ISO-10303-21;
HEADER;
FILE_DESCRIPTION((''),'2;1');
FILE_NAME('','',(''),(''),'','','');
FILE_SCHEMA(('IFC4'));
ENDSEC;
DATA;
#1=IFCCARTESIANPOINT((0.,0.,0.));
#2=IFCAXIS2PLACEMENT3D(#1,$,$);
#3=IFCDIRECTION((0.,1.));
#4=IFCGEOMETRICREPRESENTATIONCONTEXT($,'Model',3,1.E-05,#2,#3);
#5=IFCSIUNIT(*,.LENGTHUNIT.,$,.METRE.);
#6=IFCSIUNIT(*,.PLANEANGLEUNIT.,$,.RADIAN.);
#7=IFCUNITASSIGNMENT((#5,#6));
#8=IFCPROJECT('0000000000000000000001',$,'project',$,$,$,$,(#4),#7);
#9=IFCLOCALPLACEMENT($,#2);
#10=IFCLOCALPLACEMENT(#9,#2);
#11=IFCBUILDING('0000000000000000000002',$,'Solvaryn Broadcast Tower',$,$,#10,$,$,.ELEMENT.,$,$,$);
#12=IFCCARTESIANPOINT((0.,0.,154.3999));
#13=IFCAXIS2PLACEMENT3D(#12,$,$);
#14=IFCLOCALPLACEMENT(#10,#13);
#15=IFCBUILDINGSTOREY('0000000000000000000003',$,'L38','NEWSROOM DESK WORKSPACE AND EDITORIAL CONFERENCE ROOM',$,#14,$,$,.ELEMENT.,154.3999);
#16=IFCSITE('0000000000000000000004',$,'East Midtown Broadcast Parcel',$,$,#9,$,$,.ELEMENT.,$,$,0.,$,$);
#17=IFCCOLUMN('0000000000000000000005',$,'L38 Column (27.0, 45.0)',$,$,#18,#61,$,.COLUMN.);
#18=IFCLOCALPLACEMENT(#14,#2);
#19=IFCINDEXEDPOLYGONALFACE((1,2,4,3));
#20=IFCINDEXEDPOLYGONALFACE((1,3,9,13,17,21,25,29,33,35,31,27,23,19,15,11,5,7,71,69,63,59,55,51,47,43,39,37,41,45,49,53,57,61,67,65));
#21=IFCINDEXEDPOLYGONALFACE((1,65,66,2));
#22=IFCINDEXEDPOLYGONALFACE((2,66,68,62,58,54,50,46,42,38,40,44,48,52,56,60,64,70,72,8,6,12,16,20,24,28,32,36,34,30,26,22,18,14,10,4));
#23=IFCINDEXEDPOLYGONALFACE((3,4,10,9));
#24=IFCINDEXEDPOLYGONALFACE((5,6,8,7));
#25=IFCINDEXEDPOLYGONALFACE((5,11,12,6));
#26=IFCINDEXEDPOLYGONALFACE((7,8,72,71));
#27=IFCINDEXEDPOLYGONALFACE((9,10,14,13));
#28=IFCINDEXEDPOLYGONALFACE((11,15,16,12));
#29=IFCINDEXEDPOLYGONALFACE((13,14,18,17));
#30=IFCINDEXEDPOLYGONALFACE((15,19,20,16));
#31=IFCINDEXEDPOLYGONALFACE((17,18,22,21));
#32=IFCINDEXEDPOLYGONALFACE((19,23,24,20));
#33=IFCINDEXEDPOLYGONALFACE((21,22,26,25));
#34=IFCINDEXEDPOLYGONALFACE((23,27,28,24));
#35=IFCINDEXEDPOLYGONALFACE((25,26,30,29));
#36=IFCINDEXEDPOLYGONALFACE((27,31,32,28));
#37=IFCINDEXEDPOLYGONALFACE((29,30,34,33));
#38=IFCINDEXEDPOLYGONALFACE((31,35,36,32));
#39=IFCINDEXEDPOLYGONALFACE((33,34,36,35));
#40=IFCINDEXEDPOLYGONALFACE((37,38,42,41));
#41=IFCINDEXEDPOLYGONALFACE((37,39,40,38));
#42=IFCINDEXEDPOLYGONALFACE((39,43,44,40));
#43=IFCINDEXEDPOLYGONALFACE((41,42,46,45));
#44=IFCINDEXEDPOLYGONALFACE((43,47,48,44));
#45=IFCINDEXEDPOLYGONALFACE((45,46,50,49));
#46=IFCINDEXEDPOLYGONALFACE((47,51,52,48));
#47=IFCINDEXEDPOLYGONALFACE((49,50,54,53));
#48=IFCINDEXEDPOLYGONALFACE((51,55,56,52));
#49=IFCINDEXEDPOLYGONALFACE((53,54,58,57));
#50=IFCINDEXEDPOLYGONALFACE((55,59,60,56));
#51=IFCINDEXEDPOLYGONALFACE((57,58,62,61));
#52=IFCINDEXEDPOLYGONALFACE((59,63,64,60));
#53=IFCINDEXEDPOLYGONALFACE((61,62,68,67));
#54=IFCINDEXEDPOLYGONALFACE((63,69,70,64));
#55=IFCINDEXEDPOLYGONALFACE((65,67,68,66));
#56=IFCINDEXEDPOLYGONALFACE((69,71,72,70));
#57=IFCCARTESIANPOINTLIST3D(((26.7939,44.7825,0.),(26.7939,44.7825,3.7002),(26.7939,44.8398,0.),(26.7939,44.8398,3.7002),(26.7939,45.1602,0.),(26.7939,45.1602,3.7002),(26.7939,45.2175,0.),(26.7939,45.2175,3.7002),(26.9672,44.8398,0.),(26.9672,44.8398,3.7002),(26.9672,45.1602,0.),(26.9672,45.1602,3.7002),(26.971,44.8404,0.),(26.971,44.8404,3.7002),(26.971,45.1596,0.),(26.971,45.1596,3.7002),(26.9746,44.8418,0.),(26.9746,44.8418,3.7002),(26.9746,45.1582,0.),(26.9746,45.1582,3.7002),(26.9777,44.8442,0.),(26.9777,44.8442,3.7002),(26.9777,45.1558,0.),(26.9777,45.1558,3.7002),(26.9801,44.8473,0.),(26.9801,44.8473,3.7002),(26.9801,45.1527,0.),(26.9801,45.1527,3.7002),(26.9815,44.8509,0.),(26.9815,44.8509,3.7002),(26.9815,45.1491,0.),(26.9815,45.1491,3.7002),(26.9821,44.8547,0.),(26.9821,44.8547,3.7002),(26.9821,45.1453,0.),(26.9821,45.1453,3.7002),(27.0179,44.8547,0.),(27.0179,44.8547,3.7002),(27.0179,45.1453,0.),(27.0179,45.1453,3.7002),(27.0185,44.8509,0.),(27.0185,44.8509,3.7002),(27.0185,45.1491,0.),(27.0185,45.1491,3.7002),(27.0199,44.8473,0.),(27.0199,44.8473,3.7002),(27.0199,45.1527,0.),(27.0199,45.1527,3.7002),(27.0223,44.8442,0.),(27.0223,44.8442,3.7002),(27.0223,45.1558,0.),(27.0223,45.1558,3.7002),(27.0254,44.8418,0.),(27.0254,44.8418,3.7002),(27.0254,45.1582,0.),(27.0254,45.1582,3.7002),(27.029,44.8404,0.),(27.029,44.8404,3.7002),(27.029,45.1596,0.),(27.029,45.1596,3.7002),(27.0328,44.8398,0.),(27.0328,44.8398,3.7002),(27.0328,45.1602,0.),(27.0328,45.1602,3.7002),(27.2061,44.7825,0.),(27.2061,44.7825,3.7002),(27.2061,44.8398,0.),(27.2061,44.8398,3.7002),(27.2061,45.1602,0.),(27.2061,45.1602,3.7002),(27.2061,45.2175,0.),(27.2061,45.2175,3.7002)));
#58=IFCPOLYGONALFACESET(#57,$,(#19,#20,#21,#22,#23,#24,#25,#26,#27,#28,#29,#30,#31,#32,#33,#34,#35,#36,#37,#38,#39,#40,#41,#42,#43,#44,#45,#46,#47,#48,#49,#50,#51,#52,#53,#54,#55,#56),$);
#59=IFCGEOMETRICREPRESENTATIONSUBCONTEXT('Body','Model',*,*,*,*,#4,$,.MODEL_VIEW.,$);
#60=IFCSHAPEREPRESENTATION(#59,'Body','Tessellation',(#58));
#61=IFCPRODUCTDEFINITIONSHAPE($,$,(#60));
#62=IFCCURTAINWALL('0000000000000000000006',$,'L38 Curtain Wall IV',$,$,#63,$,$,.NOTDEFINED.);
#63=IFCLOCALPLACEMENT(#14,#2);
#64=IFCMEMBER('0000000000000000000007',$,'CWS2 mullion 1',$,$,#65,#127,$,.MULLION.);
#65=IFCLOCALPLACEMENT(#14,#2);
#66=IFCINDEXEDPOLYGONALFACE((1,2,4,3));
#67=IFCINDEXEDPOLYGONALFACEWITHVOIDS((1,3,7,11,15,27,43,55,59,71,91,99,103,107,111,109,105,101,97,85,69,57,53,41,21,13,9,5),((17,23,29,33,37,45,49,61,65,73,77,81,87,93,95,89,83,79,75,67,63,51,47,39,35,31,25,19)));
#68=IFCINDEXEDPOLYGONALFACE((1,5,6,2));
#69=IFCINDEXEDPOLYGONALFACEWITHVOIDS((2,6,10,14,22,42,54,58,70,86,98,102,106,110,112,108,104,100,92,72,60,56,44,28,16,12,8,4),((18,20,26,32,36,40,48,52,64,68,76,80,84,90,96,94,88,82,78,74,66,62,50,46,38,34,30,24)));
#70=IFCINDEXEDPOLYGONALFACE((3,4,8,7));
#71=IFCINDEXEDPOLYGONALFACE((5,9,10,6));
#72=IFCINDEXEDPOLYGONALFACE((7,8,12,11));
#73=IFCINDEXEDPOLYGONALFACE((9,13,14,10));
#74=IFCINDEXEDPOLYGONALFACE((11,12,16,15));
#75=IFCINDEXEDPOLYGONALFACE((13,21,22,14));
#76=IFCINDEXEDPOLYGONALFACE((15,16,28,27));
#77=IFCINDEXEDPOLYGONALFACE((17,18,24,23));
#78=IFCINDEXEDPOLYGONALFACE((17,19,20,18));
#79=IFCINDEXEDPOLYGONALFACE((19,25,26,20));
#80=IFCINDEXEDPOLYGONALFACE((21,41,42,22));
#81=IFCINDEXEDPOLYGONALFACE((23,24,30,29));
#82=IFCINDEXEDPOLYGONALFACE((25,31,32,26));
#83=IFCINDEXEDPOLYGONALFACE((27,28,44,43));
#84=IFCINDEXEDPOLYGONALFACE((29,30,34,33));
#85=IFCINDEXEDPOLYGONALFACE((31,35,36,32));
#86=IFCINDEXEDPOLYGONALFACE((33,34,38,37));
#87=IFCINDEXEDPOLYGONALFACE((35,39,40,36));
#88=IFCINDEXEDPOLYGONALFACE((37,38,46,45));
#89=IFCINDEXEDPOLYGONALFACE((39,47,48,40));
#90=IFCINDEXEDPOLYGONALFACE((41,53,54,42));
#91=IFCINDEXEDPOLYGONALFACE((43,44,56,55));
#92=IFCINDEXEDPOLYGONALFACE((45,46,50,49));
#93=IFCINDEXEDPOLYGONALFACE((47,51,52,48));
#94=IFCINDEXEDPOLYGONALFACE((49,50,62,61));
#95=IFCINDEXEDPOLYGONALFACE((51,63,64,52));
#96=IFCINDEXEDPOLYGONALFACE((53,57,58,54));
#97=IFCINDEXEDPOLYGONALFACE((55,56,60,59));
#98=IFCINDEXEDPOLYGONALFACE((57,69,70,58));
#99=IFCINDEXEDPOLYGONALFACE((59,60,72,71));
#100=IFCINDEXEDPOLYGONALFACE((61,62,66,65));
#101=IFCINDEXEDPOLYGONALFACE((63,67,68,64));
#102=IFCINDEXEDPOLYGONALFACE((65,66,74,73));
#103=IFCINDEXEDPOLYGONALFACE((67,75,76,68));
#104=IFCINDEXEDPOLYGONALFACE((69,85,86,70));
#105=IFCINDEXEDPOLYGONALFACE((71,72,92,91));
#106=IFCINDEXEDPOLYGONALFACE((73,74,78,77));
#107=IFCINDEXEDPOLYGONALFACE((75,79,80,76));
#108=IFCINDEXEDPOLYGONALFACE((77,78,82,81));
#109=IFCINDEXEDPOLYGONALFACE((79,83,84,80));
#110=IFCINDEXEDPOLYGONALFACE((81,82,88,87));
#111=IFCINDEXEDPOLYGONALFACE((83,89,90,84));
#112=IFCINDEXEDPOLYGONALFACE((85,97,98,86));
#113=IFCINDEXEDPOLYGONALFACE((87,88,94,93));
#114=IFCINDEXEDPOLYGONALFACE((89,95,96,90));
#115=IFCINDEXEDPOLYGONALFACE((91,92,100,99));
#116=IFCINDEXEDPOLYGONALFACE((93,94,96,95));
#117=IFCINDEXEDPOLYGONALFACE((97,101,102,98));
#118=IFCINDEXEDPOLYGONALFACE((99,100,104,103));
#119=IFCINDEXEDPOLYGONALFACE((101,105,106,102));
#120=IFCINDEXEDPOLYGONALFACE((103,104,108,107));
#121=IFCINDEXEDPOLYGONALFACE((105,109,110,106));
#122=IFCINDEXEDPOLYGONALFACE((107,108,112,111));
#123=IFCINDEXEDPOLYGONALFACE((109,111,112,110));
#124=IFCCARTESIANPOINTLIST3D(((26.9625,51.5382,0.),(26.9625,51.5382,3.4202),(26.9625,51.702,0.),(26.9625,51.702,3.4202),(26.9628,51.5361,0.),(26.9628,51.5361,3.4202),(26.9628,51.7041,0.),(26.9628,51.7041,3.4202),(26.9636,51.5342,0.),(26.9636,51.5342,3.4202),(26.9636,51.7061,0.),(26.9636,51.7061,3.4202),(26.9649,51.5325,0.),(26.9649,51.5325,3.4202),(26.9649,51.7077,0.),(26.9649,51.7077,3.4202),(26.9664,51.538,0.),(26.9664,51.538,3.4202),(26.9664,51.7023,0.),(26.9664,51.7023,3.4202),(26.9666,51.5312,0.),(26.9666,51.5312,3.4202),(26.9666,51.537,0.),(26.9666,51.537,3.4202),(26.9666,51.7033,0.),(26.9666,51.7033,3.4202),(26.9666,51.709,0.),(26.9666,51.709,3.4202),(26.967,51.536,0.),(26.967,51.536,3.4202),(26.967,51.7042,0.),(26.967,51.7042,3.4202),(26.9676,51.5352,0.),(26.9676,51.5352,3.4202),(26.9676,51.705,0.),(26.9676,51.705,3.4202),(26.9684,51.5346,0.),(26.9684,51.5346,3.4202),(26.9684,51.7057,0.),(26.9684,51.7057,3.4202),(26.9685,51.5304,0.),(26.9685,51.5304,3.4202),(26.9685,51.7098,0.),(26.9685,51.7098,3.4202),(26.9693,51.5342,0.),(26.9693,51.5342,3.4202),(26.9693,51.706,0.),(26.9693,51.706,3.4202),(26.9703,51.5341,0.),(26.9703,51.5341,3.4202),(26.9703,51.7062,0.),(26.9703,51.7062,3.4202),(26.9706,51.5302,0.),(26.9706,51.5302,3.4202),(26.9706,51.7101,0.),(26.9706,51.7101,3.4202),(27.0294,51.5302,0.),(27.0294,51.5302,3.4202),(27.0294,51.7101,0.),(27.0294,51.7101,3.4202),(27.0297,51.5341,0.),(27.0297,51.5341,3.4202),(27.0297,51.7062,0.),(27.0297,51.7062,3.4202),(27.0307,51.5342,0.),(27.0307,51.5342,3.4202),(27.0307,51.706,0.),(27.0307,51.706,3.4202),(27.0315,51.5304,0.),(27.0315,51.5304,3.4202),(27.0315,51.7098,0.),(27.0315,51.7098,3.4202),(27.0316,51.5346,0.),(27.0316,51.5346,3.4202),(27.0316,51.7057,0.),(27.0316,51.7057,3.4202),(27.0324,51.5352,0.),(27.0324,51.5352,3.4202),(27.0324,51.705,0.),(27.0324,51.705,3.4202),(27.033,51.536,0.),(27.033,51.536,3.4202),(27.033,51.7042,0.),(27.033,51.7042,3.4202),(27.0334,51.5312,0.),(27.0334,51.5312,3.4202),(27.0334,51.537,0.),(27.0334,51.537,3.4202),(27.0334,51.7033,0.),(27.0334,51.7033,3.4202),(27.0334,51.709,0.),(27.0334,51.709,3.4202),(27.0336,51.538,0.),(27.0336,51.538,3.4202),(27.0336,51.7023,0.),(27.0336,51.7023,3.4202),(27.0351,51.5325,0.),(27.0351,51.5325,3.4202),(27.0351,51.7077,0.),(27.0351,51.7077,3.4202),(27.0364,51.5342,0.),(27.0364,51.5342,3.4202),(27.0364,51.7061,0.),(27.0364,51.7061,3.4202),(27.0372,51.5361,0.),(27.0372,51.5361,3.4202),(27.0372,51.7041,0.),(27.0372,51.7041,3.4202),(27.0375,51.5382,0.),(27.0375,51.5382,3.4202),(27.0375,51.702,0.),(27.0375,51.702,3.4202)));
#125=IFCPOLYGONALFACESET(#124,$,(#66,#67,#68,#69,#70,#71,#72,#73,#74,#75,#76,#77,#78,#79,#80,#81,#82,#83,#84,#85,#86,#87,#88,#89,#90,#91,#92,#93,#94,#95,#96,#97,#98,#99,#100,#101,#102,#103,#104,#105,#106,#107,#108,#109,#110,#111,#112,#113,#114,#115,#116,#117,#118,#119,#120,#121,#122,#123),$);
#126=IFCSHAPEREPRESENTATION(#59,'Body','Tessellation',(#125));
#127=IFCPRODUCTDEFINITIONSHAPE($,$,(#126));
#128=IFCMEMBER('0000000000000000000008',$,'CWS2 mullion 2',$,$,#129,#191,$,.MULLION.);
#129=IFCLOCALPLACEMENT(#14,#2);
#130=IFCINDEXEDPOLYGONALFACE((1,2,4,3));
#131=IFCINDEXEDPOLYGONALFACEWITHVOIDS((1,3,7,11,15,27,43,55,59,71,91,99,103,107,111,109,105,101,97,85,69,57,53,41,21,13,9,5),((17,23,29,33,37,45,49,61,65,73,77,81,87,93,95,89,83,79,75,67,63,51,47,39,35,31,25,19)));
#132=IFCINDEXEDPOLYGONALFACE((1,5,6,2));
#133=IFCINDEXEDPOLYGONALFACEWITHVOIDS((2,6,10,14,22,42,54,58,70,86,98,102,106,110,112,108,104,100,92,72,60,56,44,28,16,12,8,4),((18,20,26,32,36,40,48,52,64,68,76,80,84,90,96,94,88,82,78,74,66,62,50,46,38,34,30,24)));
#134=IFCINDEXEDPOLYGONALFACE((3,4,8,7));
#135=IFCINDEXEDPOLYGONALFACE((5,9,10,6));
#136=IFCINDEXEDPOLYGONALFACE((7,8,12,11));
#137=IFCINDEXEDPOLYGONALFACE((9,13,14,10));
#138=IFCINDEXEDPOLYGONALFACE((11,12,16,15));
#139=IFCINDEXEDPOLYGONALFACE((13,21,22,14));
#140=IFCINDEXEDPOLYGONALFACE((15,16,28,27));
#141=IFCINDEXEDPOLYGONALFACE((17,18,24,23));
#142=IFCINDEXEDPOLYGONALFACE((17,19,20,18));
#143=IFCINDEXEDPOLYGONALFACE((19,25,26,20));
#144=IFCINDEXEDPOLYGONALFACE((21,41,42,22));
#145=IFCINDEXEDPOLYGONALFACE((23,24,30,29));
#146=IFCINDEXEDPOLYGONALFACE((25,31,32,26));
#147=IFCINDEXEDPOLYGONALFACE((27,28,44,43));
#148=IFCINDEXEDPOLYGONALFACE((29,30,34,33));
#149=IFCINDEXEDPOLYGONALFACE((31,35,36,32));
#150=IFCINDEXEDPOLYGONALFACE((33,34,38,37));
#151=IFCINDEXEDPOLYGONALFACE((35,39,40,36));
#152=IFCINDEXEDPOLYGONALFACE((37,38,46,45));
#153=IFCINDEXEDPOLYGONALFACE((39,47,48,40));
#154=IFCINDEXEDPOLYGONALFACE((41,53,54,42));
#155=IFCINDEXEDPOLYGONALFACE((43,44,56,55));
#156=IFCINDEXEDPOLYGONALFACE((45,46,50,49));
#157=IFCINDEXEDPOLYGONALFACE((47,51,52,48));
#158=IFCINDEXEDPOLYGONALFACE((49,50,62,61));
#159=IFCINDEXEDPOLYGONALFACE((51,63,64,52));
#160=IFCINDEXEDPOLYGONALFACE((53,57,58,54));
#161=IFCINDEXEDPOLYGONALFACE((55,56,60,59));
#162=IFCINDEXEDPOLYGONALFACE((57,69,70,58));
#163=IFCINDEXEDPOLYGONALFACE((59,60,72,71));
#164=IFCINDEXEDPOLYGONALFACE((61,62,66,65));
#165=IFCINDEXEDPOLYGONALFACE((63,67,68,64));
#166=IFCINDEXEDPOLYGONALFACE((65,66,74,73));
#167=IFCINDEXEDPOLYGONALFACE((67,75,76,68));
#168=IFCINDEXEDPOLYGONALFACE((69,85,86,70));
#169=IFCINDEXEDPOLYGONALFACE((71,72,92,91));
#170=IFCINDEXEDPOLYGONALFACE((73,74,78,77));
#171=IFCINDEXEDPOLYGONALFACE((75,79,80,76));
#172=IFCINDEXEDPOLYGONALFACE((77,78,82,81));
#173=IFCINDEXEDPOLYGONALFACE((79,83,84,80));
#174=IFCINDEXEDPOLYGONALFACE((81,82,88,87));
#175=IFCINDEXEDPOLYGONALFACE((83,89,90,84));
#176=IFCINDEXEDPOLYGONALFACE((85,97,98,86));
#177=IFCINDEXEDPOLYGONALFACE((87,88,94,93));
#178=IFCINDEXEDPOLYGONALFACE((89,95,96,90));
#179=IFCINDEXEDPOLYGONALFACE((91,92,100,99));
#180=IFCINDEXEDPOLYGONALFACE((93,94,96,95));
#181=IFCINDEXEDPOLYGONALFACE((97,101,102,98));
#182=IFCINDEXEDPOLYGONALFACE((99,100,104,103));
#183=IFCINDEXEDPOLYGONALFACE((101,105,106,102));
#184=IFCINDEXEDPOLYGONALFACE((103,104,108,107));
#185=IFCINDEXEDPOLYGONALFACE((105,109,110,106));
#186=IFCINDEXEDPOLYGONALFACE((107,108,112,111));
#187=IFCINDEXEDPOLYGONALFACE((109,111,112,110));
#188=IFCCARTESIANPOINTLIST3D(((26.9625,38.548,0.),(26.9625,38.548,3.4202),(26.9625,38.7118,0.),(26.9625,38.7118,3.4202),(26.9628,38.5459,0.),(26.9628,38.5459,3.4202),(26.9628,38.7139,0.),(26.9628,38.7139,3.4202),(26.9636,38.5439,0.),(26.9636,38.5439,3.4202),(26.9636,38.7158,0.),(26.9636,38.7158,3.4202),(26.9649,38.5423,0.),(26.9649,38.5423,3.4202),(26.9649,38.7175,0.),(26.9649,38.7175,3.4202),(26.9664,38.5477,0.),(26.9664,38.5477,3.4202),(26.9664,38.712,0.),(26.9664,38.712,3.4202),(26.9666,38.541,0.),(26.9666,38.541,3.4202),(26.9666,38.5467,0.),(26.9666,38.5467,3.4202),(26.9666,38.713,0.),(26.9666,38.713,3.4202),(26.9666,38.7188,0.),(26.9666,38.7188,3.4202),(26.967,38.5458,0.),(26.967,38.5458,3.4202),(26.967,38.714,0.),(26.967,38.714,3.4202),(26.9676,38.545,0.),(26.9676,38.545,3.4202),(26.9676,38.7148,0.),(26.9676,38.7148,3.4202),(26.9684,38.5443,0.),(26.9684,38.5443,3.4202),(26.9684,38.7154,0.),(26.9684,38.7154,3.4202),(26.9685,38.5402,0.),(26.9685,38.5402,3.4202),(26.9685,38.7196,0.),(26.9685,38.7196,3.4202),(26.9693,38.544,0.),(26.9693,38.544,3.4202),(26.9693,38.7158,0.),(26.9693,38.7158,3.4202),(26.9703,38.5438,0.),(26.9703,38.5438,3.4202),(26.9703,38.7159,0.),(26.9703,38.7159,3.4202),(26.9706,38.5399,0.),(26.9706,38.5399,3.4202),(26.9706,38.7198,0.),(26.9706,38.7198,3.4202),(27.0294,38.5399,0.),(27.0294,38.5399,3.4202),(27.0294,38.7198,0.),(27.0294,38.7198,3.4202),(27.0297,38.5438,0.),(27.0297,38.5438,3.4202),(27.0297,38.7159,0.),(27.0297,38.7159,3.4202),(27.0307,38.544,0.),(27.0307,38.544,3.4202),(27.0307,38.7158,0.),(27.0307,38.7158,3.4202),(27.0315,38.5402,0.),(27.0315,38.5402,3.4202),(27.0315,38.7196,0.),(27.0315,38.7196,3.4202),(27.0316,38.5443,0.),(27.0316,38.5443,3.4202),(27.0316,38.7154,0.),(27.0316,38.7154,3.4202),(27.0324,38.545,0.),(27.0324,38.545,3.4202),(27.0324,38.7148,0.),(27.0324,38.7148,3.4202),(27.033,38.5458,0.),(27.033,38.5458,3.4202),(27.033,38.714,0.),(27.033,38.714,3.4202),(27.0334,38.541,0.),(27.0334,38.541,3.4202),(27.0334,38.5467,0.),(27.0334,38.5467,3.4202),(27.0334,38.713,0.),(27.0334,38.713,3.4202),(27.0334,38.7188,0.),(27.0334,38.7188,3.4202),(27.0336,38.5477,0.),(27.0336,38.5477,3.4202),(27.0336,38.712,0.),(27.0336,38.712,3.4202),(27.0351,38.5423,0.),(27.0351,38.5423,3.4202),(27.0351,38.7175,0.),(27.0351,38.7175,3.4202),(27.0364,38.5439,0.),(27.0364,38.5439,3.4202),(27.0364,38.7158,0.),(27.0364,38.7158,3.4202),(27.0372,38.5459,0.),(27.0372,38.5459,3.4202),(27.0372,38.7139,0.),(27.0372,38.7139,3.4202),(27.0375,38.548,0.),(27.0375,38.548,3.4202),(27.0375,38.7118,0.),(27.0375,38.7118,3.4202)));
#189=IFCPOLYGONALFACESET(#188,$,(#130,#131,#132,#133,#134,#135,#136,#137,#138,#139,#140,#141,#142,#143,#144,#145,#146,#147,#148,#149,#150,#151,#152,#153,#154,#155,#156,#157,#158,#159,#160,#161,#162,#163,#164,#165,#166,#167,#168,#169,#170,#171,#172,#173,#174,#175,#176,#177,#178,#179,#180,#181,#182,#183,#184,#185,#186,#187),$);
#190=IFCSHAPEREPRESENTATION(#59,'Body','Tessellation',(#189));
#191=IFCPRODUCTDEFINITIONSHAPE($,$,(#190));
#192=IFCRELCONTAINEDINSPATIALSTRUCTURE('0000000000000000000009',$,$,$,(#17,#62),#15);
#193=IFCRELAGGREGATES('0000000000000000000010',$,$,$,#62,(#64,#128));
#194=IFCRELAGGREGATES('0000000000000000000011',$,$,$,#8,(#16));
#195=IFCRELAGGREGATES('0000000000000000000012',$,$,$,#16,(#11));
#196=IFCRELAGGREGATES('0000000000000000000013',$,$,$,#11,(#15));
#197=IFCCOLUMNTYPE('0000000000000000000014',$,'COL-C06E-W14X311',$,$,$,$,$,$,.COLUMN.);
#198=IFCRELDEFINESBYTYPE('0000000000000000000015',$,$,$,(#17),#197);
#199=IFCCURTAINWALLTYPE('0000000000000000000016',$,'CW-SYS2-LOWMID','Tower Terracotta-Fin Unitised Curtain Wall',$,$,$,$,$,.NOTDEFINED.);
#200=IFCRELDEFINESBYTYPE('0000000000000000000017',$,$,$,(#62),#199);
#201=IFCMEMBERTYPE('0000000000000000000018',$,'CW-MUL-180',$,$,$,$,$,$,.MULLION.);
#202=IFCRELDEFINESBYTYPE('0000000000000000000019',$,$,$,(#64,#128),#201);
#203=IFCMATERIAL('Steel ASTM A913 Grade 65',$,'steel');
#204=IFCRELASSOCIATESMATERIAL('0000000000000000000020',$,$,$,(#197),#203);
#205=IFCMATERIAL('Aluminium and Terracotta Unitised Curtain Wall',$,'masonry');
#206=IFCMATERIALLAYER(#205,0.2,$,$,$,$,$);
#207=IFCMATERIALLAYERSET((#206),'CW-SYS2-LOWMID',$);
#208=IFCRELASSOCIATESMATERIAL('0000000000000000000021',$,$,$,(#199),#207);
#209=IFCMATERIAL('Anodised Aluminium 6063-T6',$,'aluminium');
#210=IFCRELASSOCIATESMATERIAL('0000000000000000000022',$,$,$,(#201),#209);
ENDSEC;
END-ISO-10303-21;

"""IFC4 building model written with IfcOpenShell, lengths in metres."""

from ifc_helpers import new_model, si_unit, direction, frame, origin, origin_2d, place, context, subcontext, project, spatial, hollow_rectangle, i_section, extrude, material, layer, layer_set, material_profile, profile_set, type_object, element, aggregate, save


model = new_model("IFC4")

# Units and contexts
model_context = context("Model", 3, precision=1e-05, world=origin(), true_north=direction((0.0, 1.0)))
body_context = subcontext(model_context, "Body", "Model", "MODEL_VIEW")
ifc_project = project(units=[si_unit("LENGTHUNIT", "METRE"), si_unit("PLANEANGLEUNIT", "RADIAN")], contexts=[model_context])

# Site, building, storey
site_placement = place(None, origin())
site = spatial("IfcSite", under=ifc_project, at=site_placement, Name="East Midtown Broadcast Parcel", CompositionType="ELEMENT", RefElevation=0.0)
building_placement = place(site_placement, origin())
building = spatial("IfcBuilding", under=site, at=building_placement, Name="Solvaryn Broadcast Tower", CompositionType="ELEMENT")
storey_placement = place(building_placement, frame((0.0, 0.0, 154.3999)))
storey = spatial("IfcBuildingStorey", under=building, at=storey_placement, Name="L38", Description="NEWSROOM DESK WORKSPACE AND EDITORIAL CONFERENCE ROOM", CompositionType="ELEMENT", Elevation=154.3999)

# Column
ifc_material_1 = material(Name="Steel ASTM A913 Grade 65", Category="steel")
ifc_material_profile_1 = material_profile(ifc_material_1, i_section(OverallWidth=0.4121, OverallDepth=0.4351, WebThickness=0.0359, FlangeThickness=0.0574, FilletRadius=0.0149, at=origin_2d()))
ifc_profile_set_1 = profile_set([ifc_material_profile_1], Name="Steel ASTM A913 Grade 65")
column_type = type_object("IfcColumnType", Name="COL-C06E-W14X311", PredefinedType="COLUMN", material=ifc_profile_set_1)
column_placement = place(storey_placement, frame((27.0, 45.0, 0.0), z_axis=(0.0, 0.0, 1.0), x_axis=(1.0, 0.0, 0.0)))
element("IfcColumn", 1, at=column_placement, inside=storey, type_object=column_type, Name="L38 Column (27.0, 45.0)", PredefinedType="COLUMN", context=body_context, shape_type="SweptSolid", body=[
    extrude(i_section(OverallWidth=0.4121, OverallDepth=0.4351, WebThickness=0.0359, FlangeThickness=0.0574, FilletRadius=0.0149, at=origin_2d()), origin(), (0.0, 0.0, 1.0), 3.7002),
])

# Curtain wall, members
ifc_material_2 = material(Name="Aluminium and Terracotta Unitised Curtain Wall", Category="masonry")
ifc_layer_1 = layer(ifc_material_2, 0.2)
ifc_layer_set_1 = layer_set([ifc_layer_1], Name="CW-SYS2-LOWMID")
curtain_wall_type = type_object("IfcCurtainWallType", Name="CW-SYS2-LOWMID", Description="Tower Terracotta-Fin Unitised Curtain Wall", PredefinedType="NOTDEFINED", material=ifc_layer_set_1)
curtain_wall_1_placement = place(storey_placement, origin())
curtain_wall_1 = element("IfcCurtainWall", 2, at=curtain_wall_1_placement, inside=storey, type_object=curtain_wall_type, Name="L38 Curtain Wall IV", PredefinedType="NOTDEFINED")
ifc_material_3 = material(Name="Anodised Aluminium 6063-T6", Category="aluminium")
ifc_material_profile_2 = material_profile(ifc_material_3, hollow_rectangle(XDim=0.075, YDim=0.1799, WallThickness=0.0039, InnerFilletRadius=0.0039, OuterFilletRadius=0.0081, at=origin_2d()))
ifc_profile_set_2 = profile_set([ifc_material_profile_2], Name="Anodised Aluminium 6063-T6")
member_type_1 = type_object("IfcMemberType", Name="CW-MUL-180", PredefinedType="MULLION", material=ifc_profile_set_2)
member_1_placement = place(storey_placement, frame((27.0, 51.6201, 0.0), z_axis=(0.0, 0.0, 1.0), x_axis=(1.0, 0.0, 0.0)))
member_1 = element("IfcMember", 3, at=member_1_placement, type_object=member_type_1, Name="CWS2 mullion 1", PredefinedType="MULLION", context=body_context, shape_type="SweptSolid", body=[
    extrude(hollow_rectangle(XDim=0.075, YDim=0.1799, WallThickness=0.0039, InnerFilletRadius=0.0039, OuterFilletRadius=0.0081, at=origin_2d()), origin(), (0.0, 0.0, 1.0), 3.4202),
])
member_2_placement = place(storey_placement, frame((27.0, 38.6299, 0.0), z_axis=(0.0, 0.0, 1.0), x_axis=(1.0, 0.0, 0.0)))
member_2 = element("IfcMember", 4, at=member_2_placement, type_object=member_type_1, Name="CWS2 mullion 2", PredefinedType="MULLION", context=body_context, shape_type="SweptSolid", body=[
    extrude(hollow_rectangle(XDim=0.075, YDim=0.1799, WallThickness=0.0039, InnerFilletRadius=0.0039, OuterFilletRadius=0.0081, at=origin_2d()), origin(), (0.0, 0.0, 1.0), 3.4202),
])

aggregate(curtain_wall_1, [member_1, member_2])

save(model, "model.ifc")
